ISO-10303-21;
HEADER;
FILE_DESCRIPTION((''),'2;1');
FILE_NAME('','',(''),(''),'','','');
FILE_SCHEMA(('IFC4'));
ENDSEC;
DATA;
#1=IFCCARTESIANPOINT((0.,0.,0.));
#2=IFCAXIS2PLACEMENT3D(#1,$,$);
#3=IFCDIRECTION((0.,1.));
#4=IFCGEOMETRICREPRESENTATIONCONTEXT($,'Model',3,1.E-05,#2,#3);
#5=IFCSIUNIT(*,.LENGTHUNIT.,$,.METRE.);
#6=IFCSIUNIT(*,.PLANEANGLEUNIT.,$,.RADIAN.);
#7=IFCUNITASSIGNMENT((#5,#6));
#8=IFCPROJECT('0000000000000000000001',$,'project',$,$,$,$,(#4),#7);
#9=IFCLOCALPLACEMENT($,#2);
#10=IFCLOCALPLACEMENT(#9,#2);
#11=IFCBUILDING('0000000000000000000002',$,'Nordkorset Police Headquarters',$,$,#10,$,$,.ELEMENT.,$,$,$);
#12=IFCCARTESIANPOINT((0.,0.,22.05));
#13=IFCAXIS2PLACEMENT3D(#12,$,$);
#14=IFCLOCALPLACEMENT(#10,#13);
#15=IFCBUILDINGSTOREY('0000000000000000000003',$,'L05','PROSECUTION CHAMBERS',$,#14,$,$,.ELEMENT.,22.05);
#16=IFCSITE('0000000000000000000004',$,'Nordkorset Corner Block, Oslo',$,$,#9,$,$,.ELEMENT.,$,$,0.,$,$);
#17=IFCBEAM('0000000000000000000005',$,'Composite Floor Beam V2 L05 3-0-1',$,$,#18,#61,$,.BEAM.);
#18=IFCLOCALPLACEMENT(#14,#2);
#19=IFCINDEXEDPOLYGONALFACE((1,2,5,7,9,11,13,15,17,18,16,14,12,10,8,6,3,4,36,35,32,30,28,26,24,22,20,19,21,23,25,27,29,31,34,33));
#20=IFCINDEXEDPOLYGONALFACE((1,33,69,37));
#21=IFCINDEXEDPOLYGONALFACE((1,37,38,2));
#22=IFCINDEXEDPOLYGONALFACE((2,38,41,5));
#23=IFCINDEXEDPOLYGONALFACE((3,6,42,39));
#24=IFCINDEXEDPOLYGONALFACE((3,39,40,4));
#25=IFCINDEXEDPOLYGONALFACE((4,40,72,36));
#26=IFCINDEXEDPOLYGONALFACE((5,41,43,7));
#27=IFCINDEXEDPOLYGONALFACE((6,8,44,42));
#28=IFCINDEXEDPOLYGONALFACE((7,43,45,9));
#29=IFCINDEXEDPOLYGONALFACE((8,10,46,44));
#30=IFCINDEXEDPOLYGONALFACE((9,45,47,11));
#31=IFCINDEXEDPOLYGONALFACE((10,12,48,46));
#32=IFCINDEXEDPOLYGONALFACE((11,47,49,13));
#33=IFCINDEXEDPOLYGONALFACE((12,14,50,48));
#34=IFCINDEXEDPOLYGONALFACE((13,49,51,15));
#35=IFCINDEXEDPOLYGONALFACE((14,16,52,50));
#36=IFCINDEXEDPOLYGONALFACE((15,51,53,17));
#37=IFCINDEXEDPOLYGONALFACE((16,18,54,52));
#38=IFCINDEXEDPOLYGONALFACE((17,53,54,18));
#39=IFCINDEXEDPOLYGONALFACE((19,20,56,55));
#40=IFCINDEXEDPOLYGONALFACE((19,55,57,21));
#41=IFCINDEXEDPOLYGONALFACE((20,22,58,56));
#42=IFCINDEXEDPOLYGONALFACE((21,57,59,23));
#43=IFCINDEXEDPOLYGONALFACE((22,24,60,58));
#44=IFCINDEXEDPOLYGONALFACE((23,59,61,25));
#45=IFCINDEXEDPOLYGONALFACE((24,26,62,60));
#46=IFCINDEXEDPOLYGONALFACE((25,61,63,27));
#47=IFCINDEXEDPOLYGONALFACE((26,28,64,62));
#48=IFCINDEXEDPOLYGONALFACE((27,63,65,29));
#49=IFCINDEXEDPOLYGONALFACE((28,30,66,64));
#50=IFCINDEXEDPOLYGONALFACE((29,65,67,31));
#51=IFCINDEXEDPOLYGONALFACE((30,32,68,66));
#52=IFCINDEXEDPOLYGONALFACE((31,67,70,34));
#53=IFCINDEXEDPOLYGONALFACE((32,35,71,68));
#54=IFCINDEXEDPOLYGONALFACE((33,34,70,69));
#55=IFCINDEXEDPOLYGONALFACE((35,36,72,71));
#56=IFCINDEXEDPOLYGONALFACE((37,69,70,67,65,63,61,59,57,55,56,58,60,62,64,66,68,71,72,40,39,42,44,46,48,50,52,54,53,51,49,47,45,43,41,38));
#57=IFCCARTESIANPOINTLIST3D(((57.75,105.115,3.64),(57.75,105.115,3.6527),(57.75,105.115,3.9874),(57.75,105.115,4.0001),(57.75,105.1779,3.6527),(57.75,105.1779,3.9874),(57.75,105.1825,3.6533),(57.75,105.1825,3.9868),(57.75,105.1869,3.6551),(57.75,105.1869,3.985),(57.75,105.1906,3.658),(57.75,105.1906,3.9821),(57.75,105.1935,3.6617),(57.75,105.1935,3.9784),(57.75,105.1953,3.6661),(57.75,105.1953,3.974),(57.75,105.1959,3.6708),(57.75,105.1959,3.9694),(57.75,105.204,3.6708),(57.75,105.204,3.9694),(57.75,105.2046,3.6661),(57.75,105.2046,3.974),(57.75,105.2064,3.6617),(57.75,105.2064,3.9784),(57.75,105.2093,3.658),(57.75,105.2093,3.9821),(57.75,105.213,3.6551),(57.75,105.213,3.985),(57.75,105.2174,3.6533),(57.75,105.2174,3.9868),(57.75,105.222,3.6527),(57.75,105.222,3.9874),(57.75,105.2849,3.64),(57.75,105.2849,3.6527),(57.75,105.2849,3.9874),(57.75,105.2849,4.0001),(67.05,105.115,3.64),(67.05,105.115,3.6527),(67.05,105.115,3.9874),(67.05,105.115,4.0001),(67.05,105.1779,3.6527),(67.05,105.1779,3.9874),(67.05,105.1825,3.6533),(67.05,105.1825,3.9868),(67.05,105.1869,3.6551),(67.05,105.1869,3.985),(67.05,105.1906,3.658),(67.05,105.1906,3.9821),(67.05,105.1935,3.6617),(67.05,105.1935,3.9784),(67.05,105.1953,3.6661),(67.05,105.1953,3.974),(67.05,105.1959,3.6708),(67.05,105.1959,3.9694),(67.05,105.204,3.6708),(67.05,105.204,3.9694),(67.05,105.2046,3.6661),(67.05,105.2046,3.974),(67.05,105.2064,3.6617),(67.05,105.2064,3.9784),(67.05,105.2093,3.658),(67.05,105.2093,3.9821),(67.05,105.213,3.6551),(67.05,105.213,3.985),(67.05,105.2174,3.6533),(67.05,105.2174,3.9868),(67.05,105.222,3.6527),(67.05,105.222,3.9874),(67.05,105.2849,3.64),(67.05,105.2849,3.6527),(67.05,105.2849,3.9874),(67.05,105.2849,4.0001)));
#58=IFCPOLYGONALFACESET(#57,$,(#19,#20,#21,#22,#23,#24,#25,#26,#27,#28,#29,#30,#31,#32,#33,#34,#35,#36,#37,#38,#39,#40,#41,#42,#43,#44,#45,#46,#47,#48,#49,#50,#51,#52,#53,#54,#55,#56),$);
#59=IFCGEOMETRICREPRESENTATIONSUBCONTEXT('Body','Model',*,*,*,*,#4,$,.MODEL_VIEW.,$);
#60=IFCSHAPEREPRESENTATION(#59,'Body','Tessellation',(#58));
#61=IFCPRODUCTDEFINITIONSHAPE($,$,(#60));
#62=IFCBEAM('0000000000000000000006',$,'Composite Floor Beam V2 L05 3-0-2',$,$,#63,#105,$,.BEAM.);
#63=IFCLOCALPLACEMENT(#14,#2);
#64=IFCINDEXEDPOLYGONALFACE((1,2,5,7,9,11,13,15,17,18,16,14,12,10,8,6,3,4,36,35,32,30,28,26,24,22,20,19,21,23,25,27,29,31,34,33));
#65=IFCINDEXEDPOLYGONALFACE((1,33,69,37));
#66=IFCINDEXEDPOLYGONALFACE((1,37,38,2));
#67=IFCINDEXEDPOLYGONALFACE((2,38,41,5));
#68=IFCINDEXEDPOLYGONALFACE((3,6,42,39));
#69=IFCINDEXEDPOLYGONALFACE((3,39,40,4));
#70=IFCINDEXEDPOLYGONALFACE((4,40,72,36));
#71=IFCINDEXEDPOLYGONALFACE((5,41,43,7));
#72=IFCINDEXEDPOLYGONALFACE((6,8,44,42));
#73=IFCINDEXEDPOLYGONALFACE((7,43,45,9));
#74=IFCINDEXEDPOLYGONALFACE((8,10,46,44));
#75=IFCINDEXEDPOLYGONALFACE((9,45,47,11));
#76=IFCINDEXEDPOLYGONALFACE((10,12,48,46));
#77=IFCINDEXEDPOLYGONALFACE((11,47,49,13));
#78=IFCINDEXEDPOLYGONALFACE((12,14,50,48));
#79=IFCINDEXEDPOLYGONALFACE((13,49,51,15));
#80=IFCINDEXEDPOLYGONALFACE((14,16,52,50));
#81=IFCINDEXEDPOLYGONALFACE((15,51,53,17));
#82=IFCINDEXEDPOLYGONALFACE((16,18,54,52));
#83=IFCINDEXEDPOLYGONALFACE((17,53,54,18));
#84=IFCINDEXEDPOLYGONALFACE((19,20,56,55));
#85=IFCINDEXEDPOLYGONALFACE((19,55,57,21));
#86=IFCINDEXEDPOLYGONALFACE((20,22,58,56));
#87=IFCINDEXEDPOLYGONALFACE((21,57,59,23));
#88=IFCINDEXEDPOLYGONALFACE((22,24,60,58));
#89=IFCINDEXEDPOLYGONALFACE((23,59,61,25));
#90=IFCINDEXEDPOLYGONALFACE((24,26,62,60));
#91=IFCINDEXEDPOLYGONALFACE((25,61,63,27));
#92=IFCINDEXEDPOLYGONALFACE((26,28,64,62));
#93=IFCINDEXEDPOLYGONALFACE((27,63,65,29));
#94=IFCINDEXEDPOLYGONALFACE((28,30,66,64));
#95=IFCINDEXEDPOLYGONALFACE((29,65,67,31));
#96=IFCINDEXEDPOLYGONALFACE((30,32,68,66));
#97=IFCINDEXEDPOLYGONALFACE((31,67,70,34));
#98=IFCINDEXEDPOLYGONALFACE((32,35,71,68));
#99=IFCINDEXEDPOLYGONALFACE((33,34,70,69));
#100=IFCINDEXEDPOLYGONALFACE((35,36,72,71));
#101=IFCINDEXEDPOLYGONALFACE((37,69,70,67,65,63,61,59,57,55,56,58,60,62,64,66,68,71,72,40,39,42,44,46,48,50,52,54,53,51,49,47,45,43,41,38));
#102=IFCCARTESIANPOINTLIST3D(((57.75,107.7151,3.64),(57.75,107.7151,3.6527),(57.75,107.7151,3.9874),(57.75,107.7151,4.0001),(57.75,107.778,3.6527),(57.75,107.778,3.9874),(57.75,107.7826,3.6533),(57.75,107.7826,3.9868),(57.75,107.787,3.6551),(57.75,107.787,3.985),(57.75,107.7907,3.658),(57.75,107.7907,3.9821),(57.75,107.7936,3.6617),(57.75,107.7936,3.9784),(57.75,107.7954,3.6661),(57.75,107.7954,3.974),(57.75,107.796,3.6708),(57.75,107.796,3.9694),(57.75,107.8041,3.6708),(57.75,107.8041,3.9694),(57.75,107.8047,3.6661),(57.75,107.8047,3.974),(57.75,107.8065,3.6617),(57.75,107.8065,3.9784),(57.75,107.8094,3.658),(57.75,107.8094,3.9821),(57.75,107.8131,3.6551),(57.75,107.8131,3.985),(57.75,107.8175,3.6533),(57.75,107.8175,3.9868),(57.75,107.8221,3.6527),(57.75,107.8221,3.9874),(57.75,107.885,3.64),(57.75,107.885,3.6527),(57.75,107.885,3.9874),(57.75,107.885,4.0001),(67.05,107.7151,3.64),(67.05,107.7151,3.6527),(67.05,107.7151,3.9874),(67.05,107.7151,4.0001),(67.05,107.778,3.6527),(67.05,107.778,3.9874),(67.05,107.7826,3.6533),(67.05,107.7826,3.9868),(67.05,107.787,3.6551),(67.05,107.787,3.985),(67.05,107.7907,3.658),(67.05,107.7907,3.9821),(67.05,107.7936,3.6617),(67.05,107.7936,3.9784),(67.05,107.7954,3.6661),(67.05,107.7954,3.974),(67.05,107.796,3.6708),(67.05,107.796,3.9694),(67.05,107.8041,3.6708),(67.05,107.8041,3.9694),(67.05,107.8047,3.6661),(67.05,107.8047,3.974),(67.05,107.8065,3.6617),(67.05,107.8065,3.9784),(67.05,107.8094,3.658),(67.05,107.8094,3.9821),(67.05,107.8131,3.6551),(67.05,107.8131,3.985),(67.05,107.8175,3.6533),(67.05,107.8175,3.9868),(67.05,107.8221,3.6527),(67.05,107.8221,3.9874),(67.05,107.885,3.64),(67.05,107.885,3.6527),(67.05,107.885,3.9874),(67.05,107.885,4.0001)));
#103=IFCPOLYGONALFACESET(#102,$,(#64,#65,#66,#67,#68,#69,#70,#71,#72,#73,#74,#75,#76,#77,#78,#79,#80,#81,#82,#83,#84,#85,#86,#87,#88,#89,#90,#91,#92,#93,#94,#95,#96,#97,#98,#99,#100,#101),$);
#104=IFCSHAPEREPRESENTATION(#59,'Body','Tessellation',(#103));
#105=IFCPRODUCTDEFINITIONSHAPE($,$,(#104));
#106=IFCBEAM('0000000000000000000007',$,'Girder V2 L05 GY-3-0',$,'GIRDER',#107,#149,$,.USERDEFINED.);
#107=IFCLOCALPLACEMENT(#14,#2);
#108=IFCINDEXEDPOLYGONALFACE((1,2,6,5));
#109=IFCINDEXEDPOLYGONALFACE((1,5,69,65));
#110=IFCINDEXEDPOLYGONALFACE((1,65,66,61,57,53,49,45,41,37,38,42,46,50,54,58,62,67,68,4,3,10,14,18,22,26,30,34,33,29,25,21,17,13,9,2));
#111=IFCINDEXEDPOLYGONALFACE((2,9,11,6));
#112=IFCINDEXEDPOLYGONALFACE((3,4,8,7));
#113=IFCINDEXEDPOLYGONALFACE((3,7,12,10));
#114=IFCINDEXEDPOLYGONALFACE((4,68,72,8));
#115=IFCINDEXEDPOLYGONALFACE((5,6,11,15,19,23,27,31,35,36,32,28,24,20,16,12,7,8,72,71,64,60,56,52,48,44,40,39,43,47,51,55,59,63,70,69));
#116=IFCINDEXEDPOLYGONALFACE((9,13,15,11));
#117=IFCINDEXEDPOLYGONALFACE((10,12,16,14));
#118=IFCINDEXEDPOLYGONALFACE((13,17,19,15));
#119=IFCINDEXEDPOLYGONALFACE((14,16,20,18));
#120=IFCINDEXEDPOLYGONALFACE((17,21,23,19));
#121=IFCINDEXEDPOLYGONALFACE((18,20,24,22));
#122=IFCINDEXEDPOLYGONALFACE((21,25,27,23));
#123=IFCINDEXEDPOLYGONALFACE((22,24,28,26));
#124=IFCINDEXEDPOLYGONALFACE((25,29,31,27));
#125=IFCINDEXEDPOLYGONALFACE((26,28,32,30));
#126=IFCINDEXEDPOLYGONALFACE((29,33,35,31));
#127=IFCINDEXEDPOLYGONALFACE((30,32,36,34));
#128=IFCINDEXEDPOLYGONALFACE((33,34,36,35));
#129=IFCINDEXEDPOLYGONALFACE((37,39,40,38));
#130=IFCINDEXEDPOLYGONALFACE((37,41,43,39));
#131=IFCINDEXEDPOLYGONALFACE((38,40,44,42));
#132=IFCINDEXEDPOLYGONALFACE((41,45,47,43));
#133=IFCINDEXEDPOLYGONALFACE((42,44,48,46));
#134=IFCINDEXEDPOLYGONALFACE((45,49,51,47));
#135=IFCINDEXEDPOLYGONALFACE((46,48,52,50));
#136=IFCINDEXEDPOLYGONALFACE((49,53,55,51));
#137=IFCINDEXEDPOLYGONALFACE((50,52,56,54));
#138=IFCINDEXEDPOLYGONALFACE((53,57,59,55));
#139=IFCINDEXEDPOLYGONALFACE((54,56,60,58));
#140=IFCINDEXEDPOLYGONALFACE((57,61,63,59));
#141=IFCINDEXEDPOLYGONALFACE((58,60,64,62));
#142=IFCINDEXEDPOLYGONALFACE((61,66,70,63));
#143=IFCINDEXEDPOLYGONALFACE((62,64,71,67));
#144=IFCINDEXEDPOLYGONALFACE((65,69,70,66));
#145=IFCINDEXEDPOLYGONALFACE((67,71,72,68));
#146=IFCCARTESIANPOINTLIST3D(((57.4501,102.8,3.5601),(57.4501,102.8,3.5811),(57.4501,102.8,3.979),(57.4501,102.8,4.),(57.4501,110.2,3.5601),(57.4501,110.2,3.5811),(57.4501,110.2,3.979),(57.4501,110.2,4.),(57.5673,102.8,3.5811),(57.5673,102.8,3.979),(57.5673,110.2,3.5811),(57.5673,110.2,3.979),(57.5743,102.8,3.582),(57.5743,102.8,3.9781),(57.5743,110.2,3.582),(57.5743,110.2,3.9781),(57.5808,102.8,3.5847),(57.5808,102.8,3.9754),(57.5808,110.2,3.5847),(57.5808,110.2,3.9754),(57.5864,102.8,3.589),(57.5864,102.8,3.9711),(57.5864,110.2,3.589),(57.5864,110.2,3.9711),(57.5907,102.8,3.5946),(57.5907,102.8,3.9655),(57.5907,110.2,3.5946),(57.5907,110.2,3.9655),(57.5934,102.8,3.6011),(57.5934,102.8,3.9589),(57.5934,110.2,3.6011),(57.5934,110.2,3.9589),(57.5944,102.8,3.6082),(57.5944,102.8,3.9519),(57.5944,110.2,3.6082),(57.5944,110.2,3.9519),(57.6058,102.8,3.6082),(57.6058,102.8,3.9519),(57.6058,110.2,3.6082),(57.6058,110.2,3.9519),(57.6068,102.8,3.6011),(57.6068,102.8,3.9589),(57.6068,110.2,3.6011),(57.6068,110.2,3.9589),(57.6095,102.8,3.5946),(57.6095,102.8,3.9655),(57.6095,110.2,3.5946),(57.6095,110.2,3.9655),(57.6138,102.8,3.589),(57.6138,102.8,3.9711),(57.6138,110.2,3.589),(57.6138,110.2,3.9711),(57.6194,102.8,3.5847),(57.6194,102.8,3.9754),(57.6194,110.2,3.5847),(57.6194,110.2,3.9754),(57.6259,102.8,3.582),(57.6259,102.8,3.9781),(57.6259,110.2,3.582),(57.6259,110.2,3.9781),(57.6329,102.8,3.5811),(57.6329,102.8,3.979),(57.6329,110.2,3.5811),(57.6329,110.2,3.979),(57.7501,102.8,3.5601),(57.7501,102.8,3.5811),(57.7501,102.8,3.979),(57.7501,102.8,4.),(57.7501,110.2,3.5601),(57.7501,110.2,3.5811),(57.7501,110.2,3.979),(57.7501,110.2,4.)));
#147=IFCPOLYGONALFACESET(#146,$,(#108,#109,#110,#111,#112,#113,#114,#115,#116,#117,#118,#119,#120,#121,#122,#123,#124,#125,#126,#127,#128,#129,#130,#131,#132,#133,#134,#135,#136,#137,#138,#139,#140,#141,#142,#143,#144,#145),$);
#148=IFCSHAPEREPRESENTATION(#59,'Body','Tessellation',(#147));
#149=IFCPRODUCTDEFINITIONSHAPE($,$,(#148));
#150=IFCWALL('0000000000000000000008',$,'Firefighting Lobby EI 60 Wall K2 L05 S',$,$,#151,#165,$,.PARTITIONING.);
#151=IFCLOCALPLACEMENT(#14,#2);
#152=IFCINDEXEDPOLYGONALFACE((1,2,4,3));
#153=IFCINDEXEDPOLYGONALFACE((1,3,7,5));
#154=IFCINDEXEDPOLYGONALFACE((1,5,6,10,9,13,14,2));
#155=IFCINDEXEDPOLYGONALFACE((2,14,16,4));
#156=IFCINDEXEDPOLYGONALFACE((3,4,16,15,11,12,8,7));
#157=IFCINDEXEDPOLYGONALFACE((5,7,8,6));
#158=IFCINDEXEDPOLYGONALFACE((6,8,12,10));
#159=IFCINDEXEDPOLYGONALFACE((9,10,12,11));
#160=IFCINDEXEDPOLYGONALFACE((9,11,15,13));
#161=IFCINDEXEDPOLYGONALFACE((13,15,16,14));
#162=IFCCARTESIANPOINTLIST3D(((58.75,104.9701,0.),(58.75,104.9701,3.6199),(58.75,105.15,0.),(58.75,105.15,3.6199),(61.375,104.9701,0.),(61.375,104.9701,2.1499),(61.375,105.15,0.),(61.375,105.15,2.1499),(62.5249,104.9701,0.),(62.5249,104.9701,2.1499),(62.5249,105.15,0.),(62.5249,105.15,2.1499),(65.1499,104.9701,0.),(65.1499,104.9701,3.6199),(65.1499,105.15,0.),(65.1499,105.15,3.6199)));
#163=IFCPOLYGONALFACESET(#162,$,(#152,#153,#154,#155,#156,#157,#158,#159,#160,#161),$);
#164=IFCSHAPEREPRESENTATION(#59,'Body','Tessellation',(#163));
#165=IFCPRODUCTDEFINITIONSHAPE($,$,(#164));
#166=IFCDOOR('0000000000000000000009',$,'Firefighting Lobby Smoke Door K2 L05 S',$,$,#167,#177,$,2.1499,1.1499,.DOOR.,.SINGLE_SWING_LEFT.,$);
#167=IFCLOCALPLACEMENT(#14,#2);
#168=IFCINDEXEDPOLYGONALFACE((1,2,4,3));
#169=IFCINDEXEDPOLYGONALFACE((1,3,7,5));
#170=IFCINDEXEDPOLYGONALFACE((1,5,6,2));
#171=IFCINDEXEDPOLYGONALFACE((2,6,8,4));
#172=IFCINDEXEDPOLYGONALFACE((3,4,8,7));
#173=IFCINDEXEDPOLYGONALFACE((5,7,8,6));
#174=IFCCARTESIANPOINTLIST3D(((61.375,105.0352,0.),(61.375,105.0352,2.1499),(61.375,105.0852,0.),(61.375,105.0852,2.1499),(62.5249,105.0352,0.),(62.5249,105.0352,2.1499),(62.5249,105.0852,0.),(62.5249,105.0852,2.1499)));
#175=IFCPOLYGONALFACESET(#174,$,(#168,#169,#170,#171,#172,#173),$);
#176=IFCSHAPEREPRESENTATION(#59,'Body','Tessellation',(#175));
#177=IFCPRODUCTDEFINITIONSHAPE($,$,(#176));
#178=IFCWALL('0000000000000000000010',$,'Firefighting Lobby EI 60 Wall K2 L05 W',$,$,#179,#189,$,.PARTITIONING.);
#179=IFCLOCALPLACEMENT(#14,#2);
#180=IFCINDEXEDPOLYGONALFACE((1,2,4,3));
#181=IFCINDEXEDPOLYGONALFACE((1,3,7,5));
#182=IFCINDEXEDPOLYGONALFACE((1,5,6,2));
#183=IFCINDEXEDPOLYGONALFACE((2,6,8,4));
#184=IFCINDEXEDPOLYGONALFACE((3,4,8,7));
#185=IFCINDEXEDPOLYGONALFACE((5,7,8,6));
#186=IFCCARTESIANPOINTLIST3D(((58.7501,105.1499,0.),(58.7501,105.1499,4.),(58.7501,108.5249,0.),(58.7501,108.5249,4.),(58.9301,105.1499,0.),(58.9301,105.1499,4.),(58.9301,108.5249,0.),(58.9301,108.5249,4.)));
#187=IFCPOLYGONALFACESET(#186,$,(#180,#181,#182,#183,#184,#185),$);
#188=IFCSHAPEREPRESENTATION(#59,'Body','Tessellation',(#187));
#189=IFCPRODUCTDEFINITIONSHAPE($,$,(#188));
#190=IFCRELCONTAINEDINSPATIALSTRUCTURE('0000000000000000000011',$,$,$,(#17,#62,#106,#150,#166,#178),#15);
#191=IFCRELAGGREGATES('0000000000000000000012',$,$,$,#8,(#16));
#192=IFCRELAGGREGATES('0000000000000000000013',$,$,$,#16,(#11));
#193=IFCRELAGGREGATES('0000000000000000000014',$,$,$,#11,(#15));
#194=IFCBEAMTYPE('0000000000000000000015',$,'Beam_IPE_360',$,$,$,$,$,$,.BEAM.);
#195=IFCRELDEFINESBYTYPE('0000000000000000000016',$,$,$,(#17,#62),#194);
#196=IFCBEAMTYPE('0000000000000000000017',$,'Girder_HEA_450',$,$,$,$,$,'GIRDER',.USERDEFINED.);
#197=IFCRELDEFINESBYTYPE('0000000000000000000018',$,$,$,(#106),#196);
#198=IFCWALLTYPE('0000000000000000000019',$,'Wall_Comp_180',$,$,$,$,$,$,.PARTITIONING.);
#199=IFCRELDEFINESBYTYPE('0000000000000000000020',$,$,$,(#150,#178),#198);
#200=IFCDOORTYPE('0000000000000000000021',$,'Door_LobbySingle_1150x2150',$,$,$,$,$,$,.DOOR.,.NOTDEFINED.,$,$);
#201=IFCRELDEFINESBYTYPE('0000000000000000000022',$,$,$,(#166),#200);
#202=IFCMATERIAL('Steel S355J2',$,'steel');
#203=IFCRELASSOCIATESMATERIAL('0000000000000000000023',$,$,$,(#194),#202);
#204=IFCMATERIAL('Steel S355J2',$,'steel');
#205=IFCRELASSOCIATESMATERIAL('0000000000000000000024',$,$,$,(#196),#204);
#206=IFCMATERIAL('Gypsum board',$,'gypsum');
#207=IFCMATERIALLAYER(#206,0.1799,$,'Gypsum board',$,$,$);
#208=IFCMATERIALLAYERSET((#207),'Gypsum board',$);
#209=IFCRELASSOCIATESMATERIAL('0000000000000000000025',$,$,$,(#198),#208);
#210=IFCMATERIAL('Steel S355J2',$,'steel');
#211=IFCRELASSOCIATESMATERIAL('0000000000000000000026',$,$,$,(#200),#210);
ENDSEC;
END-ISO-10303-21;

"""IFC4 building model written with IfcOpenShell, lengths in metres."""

from ifc_helpers import new_model, si_unit, direction, frame, frame_2d, origin, origin_2d, place, context, subcontext, project, spatial, rectangle, i_section, extrude, material, layer, layer_set, material_profile, profile_set, type_object, element, fill, save


model = new_model("IFC4")

# Units and contexts
model_context = context("Model", 3, precision=1e-05, world=origin(), true_north=direction((0.0, 1.0)))
body_context = subcontext(model_context, "Body", "Model", "MODEL_VIEW")
ifc_project = project(units=[si_unit("LENGTHUNIT", "METRE"), si_unit("PLANEANGLEUNIT", "RADIAN")], contexts=[model_context])

# Site, building, storey
site_placement = place(None, origin())
site = spatial("IfcSite", under=ifc_project, at=site_placement, Name="Nordkorset Corner Block, Oslo", CompositionType="ELEMENT", RefElevation=0.0)
building_placement = place(site_placement, origin())
building = spatial("IfcBuilding", under=site, at=building_placement, Name="Nordkorset Police Headquarters", CompositionType="ELEMENT")
storey_placement = place(building_placement, frame((0.0, 0.0, 22.05)))
storey = spatial("IfcBuildingStorey", under=building, at=storey_placement, Name="L05", Description="PROSECUTION CHAMBERS", CompositionType="ELEMENT", Elevation=22.05)

# Beams
ifc_material_1 = material(Name="Steel S355J2", Category="steel")
ifc_material_profile_1 = material_profile(ifc_material_1, i_section(OverallWidth=0.1699, OverallDepth=0.3601, WebThickness=0.0081, FlangeThickness=0.0127, FilletRadius=0.0181, at=origin_2d()), Name="IPE 360")
ifc_profile_set_1 = profile_set([ifc_material_profile_1], Name="Steel S355J2")
beam_type_1 = type_object("IfcBeamType", Name="Beam_IPE_360", PredefinedType="BEAM", material=ifc_profile_set_1)
for number, where, z_axis, x_axis, name in (
    (1, (57.75, 105.2, 3.8201), (1.0, 0.0, 0.0), (0.0, 1.0, 0.0), "Composite Floor Beam V2 L05 3-0-1"),
    (2, (57.75, 107.8, 3.8201), (1.0, 0.0, 0.0), (0.0, 1.0, 0.0), "Composite Floor Beam V2 L05 3-0-2"),
):
    element("IfcBeam", number, at=place(storey_placement, frame(where, z_axis=z_axis, x_axis=x_axis)), inside=storey, type_object=beam_type_1, Name=name, PredefinedType="BEAM", context=body_context, shape_type="SweptSolid", body=[
        extrude(i_section(OverallWidth=0.1699, OverallDepth=0.3601, WebThickness=0.0081, FlangeThickness=0.0127, FilletRadius=0.0181, at=origin_2d()), origin(), (0.0, 0.0, 1.0), 9.3),
    ])
ifc_material_2 = material(Name="Steel S355J2", Category="steel")
ifc_material_profile_2 = material_profile(ifc_material_2, i_section(OverallWidth=0.3, OverallDepth=0.4399, WebThickness=0.0115, FlangeThickness=0.021, FilletRadius=0.0271, at=origin_2d()), Name="HEA 450")
ifc_profile_set_2 = profile_set([ifc_material_profile_2], Name="Steel S355J2")
beam_type_2 = type_object("IfcBeamType", Name="Girder_HEA_450", ElementType="GIRDER", PredefinedType="USERDEFINED", material=ifc_profile_set_2)
beam_placement = place(storey_placement, frame((57.6001, 102.8, 3.78), z_axis=(0.0, 1.0, 0.0), x_axis=(-1.0, 0.0, 0.0)))
element("IfcBeam", 3, at=beam_placement, inside=storey, type_object=beam_type_2, Name="Girder V2 L05 GY-3-0", ObjectType="GIRDER", PredefinedType="USERDEFINED", context=body_context, shape_type="SweptSolid", body=[
    extrude(i_section(OverallWidth=0.3, OverallDepth=0.4399, WebThickness=0.0115, FlangeThickness=0.021, FilletRadius=0.0271, at=origin_2d()), origin(), (0.0, 0.0, 1.0), 7.3999),
])

# Wall, opening, door
ifc_material_3 = material(Name="Gypsum board", Category="gypsum")
ifc_layer_1 = layer(ifc_material_3, 0.1799, Name="Gypsum board")
ifc_layer_set_1 = layer_set([ifc_layer_1], Name="Gypsum board")
wall_type_1 = type_object("IfcWallType", Name="Wall_Comp_180", PredefinedType="PARTITIONING", material=ifc_layer_set_1)
wall_1_placement = place(storey_placement, frame((58.75, 105.0601, 0.0), z_axis=(0.0, 0.0, 1.0), x_axis=(1.0, 0.0, 0.0)))
wall_1 = element("IfcWall", 4, at=wall_1_placement, inside=storey, type_object=wall_type_1, Name="Firefighting Lobby EI 60 Wall K2 L05 S", PredefinedType="PARTITIONING", context=body_context, shape_type="SweptSolid", body=[
    extrude(rectangle(XDim=6.3999, YDim=0.1799, at=frame_2d((3.2, 0.0))), origin(), (0.0, 0.0, 1.0), 3.6199),
])
opening_1_placement = place(wall_1_placement, frame((2.625, 0.0, 0.0)))
opening_1 = element("IfcOpeningElement", 5, at=opening_1_placement, cuts=wall_1, PredefinedType="OPENING", context=body_context, shape_type="SweptSolid", body=[
    extrude(rectangle(XDim=1.1499, YDim=2.1499, at=frame_2d((0.575, 1.075))), frame((0.0, 0.1001, 0.0), z_axis=(0.0, -1.0, 0.0), x_axis=(1.0, 0.0, 0.0)), (0.0, 0.0, 1.0), 0.2),
])
ifc_material_4 = material(Name="Steel S355J2", Category="steel")
door_type_1 = type_object("IfcDoorType", Name="Door_LobbySingle_1150x2150", OperationType="NOTDEFINED", PredefinedType="DOOR", material=ifc_material_4)
door_1_placement = place(opening_1_placement, frame((1.1499, 0.0, 0.0), z_axis=(0.0, 0.0, 1.0), x_axis=(-1.0, 0.0, 0.0)))
door_1 = element("IfcDoor", 6, at=door_1_placement, inside=storey, type_object=door_type_1, Name="Firefighting Lobby Smoke Door K2 L05 S", OperationType="SINGLE_SWING_LEFT", OverallHeight=2.1499, OverallWidth=1.1499, PredefinedType="DOOR", context=body_context, shape_type="SweptSolid", body=[
    extrude(rectangle(XDim=1.1499, YDim=2.1499, at=frame_2d((0.575, 1.075))), frame((0.0, 0.0249, 0.0), z_axis=(0.0, -1.0, 0.0), x_axis=(1.0, 0.0, 0.0)), (0.0, 0.0, 1.0), 0.05),
])
fill(opening_1, door_1)

# Wall
wall_2_placement = place(storey_placement, frame((58.8401, 105.1499, 0.0), z_axis=(0.0, 0.0, 1.0), x_axis=(0.0, 1.0, 0.0)))
element("IfcWall", 7, at=wall_2_placement, inside=storey, type_object=wall_type_1, Name="Firefighting Lobby EI 60 Wall K2 L05 W", PredefinedType="PARTITIONING", context=body_context, shape_type="SweptSolid", body=[
    extrude(rectangle(XDim=3.375, YDim=0.1799, at=frame_2d((1.6875, 0.0))), origin(), (0.0, 0.0, 1.0), 4.0),
])

save(model, "model.ifc")
